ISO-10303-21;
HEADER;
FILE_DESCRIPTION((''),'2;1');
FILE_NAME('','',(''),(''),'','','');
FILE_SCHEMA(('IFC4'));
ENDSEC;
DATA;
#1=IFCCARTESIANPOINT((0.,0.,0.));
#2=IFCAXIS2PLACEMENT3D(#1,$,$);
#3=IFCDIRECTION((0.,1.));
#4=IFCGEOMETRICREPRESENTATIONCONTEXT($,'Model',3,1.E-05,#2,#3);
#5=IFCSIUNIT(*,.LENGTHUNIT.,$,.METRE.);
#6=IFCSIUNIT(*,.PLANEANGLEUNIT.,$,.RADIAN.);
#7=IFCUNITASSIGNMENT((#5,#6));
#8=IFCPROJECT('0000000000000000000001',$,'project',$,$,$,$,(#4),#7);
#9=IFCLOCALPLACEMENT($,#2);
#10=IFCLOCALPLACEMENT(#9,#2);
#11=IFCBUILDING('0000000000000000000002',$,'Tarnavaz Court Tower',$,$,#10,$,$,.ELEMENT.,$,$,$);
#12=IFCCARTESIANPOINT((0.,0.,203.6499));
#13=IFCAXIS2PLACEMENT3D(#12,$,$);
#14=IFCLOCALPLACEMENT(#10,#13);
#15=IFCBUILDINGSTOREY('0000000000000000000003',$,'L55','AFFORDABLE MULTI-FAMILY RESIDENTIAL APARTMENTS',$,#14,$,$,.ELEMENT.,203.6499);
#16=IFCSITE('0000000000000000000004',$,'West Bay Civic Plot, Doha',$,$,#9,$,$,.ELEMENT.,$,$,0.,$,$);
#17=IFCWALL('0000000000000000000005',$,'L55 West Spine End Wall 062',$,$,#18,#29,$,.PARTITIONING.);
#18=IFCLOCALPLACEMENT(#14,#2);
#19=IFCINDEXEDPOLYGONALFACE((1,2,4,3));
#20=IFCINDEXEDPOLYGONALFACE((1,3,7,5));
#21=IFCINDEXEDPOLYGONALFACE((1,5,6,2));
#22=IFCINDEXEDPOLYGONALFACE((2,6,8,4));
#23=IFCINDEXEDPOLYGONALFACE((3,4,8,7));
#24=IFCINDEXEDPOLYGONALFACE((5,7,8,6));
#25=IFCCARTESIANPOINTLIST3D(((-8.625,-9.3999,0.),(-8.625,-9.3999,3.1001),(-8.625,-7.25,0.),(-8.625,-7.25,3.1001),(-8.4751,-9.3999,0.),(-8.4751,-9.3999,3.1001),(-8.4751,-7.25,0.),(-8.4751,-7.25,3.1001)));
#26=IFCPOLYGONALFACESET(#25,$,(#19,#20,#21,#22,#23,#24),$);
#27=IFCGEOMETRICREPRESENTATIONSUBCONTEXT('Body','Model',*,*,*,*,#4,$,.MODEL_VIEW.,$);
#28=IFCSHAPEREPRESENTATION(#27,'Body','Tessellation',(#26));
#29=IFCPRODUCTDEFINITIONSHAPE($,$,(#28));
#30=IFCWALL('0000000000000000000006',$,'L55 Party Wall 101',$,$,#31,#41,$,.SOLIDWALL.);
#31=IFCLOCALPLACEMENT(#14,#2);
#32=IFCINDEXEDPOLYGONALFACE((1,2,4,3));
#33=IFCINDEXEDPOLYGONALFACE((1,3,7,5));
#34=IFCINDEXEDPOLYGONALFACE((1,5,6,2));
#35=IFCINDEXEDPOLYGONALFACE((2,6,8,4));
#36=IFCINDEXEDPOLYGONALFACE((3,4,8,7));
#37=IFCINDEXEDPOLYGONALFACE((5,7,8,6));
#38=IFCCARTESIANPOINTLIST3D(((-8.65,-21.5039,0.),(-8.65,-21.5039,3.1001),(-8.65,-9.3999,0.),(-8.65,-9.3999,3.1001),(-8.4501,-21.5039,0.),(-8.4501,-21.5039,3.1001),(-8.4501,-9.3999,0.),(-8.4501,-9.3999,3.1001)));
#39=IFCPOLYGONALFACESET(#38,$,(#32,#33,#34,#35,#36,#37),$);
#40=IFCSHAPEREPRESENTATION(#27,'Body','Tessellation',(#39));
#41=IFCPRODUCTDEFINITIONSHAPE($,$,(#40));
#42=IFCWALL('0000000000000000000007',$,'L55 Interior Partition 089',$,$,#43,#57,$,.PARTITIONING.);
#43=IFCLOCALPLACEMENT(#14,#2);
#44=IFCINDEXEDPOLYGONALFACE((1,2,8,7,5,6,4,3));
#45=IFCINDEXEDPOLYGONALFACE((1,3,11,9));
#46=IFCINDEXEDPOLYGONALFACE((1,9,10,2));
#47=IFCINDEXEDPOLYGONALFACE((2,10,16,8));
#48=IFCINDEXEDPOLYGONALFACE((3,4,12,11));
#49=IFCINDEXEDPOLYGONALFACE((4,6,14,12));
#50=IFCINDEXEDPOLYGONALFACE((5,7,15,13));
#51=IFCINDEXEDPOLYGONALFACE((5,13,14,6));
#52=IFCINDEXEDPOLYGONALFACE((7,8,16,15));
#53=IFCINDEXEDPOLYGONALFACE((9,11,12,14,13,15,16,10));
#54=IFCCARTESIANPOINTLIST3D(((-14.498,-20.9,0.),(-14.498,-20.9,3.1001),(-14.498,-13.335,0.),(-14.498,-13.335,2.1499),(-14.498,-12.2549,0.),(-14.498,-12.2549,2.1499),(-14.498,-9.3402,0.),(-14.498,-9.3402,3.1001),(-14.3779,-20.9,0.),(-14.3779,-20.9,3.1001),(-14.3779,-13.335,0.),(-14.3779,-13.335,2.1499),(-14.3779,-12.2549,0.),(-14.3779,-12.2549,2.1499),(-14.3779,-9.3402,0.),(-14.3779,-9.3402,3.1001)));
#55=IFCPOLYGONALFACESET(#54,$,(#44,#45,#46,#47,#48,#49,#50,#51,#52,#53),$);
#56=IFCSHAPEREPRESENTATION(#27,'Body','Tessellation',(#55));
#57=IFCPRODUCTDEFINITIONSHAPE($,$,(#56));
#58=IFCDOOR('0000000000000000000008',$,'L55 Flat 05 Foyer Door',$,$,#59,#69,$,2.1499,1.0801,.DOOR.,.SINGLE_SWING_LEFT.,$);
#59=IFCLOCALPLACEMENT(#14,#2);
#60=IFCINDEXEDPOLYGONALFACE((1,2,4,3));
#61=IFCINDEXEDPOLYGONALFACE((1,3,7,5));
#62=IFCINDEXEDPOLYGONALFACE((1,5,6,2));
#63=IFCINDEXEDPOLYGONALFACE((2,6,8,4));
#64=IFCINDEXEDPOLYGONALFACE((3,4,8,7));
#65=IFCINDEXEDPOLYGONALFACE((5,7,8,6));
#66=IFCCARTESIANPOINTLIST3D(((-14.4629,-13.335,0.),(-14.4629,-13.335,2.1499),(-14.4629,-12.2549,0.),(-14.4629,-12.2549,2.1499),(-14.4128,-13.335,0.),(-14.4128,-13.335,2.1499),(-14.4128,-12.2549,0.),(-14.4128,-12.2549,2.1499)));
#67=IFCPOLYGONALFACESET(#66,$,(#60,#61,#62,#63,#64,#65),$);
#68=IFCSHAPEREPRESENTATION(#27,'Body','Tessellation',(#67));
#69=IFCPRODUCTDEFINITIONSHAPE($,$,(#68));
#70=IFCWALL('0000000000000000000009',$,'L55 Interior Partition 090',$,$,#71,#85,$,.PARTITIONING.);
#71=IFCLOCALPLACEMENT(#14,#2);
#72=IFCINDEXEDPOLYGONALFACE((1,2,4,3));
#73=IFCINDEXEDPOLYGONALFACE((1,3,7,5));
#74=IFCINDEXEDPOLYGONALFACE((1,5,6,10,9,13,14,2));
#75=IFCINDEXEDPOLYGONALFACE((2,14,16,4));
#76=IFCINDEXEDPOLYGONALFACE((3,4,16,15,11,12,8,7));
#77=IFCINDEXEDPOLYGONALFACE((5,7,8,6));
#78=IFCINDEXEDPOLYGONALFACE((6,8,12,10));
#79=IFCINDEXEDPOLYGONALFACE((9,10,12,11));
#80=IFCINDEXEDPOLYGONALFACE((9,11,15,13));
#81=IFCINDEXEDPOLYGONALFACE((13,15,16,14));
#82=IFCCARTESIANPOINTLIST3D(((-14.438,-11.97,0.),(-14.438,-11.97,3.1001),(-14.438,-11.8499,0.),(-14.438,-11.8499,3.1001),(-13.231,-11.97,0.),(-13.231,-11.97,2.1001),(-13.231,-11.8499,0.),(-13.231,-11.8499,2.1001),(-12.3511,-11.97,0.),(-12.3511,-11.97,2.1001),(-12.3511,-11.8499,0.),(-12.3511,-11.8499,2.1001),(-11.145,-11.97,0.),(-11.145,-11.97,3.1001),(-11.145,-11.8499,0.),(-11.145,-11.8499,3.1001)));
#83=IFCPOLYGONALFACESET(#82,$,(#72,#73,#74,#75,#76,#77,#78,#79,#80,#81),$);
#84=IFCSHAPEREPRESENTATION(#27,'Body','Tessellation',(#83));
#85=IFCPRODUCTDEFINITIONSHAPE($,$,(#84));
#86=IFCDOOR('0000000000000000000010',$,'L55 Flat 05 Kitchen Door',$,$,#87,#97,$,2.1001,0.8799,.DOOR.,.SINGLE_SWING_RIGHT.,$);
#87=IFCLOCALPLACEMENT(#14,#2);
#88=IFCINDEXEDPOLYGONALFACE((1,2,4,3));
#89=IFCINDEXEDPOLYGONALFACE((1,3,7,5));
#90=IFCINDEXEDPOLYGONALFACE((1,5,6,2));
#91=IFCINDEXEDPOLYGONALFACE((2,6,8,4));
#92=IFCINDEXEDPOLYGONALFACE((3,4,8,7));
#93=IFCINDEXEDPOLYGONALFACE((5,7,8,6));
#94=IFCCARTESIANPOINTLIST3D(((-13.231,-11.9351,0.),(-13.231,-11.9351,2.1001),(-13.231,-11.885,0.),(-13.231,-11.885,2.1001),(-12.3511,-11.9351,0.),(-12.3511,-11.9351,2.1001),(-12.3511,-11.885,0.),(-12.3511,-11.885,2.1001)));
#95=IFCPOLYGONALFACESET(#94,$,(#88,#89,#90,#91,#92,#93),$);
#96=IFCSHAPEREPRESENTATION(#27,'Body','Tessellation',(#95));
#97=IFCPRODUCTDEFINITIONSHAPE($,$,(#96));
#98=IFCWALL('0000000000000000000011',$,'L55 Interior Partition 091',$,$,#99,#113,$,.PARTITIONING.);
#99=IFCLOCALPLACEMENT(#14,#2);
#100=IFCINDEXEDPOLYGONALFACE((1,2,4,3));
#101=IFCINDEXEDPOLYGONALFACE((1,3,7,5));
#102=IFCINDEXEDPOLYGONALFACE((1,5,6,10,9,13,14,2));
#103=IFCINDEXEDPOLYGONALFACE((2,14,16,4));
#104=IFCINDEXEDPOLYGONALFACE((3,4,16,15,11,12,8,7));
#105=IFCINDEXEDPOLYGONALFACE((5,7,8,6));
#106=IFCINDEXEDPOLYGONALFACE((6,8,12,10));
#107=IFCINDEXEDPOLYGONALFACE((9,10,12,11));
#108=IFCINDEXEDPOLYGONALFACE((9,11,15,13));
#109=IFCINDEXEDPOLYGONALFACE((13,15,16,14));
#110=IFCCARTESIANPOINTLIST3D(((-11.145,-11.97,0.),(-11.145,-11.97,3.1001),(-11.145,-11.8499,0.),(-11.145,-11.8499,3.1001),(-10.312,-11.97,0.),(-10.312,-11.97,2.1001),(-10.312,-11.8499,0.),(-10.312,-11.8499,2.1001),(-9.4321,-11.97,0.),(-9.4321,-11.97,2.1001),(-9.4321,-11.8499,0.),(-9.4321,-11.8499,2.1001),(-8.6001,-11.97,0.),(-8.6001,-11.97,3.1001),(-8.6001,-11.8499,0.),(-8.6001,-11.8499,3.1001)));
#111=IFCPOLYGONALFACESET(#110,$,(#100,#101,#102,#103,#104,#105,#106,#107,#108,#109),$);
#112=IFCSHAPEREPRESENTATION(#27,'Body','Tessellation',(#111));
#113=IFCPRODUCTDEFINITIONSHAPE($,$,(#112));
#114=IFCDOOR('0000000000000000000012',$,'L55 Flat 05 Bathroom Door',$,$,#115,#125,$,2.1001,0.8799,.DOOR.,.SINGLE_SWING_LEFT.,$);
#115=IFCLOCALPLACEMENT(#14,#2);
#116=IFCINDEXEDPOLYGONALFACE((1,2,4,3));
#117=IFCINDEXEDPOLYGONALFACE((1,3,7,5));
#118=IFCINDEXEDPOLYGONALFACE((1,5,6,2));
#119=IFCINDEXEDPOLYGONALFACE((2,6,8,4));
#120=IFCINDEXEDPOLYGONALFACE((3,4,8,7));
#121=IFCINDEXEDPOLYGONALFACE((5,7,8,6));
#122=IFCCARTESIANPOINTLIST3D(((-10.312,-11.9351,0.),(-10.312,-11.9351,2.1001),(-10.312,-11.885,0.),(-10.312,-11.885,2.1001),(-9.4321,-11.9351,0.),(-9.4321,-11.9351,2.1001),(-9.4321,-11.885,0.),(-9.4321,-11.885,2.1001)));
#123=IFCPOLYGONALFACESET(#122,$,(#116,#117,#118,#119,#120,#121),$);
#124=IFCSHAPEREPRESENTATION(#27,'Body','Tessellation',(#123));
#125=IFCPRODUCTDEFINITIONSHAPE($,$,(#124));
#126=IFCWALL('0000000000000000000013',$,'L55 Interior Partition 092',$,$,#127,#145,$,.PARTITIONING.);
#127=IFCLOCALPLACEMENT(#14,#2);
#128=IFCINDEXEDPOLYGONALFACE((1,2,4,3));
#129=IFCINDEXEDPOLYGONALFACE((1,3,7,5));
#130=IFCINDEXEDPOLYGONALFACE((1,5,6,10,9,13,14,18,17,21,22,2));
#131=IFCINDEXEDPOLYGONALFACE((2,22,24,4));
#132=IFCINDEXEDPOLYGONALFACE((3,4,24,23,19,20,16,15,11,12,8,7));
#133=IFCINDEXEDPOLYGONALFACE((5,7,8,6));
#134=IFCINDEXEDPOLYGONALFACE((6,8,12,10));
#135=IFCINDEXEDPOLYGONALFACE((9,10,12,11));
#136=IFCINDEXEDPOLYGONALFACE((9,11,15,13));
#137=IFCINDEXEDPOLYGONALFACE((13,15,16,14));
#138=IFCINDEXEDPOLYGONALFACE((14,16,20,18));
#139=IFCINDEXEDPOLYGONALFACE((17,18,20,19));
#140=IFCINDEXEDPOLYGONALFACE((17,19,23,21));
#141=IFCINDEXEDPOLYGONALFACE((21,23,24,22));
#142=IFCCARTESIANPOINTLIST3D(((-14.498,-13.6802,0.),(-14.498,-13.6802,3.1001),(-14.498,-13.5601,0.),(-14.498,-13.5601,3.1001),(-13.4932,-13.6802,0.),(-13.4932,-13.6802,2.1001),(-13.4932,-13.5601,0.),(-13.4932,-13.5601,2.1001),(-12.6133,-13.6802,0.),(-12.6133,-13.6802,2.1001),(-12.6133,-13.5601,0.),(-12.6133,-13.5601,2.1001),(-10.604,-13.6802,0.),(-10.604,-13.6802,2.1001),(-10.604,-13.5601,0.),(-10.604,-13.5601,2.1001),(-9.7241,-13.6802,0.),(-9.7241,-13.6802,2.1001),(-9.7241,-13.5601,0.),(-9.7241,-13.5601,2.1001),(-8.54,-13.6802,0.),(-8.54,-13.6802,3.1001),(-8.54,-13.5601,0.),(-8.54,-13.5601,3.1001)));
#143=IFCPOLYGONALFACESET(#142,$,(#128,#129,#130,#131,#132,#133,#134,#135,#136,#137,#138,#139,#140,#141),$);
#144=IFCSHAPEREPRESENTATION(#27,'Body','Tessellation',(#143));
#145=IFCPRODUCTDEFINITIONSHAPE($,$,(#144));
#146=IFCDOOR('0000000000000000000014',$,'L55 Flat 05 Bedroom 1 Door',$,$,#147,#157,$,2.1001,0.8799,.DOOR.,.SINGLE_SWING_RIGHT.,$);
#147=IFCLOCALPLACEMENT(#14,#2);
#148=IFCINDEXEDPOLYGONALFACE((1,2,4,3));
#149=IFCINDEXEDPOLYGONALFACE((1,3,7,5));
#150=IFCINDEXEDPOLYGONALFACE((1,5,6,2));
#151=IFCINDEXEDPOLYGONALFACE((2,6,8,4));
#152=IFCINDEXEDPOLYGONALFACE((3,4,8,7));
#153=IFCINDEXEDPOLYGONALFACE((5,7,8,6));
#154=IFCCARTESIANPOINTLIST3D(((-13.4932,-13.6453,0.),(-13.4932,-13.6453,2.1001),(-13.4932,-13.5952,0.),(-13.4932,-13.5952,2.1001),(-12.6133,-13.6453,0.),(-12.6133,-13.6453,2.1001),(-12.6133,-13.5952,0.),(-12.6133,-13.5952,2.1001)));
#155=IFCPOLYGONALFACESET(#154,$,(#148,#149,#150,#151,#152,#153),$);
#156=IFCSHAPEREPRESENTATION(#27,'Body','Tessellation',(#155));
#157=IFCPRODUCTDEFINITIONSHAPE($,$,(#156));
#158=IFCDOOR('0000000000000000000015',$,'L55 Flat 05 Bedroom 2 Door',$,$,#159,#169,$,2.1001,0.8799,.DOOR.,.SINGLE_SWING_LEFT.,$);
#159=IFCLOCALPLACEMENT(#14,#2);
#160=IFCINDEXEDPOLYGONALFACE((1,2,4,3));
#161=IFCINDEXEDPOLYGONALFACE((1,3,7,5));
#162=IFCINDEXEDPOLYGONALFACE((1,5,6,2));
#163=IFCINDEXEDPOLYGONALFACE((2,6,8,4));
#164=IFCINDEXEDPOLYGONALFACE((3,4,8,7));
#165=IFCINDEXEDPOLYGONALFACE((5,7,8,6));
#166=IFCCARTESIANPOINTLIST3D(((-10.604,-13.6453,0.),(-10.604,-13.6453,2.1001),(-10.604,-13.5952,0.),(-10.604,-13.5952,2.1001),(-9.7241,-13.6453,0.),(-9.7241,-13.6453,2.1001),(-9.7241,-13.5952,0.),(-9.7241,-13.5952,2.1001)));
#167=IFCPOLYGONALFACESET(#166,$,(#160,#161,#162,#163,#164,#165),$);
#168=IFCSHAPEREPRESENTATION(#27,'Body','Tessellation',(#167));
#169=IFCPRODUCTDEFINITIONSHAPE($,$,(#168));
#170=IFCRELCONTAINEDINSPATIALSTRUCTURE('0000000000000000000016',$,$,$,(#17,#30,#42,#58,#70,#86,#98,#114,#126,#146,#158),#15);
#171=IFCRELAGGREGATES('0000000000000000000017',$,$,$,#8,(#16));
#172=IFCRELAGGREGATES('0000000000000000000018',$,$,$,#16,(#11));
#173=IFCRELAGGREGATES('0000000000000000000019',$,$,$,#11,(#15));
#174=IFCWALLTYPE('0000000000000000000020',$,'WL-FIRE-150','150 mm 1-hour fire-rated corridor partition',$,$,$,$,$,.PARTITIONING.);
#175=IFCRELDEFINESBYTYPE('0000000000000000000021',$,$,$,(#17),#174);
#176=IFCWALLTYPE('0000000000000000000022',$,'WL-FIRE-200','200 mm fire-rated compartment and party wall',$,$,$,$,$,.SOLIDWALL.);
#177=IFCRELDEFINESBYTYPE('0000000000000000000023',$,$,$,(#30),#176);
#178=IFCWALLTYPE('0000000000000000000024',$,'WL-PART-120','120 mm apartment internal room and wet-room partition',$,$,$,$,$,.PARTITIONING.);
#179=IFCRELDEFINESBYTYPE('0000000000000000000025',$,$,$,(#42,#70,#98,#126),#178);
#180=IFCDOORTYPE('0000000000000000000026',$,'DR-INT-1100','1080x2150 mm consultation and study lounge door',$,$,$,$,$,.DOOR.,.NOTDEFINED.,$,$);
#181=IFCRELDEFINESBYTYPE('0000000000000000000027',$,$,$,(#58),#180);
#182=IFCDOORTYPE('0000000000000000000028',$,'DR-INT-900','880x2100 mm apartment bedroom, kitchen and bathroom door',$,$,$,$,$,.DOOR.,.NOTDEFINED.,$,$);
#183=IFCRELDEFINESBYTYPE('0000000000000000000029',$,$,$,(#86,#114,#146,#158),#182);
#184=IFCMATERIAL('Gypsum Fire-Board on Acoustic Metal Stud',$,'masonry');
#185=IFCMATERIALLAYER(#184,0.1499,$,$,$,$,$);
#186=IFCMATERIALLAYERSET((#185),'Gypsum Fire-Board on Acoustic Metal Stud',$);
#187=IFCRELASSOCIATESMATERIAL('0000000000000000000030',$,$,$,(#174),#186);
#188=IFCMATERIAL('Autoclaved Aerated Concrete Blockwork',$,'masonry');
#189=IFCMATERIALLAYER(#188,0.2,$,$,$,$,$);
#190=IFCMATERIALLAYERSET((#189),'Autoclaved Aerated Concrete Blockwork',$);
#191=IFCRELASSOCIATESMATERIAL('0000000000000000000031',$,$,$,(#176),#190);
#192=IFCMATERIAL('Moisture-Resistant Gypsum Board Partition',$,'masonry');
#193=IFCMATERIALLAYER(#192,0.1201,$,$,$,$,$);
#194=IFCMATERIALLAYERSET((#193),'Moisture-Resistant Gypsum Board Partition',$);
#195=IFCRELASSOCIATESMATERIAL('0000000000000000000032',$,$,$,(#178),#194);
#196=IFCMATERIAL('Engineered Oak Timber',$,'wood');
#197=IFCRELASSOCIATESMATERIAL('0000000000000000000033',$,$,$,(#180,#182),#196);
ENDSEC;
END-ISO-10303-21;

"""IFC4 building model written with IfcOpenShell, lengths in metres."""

from ifc_helpers import new_model, si_unit, direction, frame, frame_2d, origin, place, context, subcontext, project, spatial, rectangle, extrude, material, layer, layer_set, type_object, element, fill, save


model = new_model("IFC4")

# Units and contexts
model_context = context("Model", 3, precision=1e-05, world=origin(), true_north=direction((0.0, 1.0)))
body_context = subcontext(model_context, "Body", "Model", "MODEL_VIEW")
ifc_project = project(units=[si_unit("LENGTHUNIT", "METRE"), si_unit("PLANEANGLEUNIT", "RADIAN")], contexts=[model_context])

# Site, building, storey
site_placement = place(None, origin())
site = spatial("IfcSite", under=ifc_project, at=site_placement, Name="West Bay Civic Plot, Doha", CompositionType="ELEMENT", RefElevation=0.0)
building_placement = place(site_placement, origin())
building = spatial("IfcBuilding", under=site, at=building_placement, Name="Tarnavaz Court Tower", CompositionType="ELEMENT")
storey_placement = place(building_placement, frame((0.0, 0.0, 203.6499)))
storey = spatial("IfcBuildingStorey", under=building, at=storey_placement, Name="L55", Description="AFFORDABLE MULTI-FAMILY RESIDENTIAL APARTMENTS", CompositionType="ELEMENT", Elevation=203.6499)

# Walls
ifc_material_1 = material(Name="Gypsum Fire-Board on Acoustic Metal Stud", Category="masonry")
ifc_layer_1 = layer(ifc_material_1, 0.1499)
ifc_layer_set_1 = layer_set([ifc_layer_1], Name="Gypsum Fire-Board on Acoustic Metal Stud")
wall_type_1 = type_object("IfcWallType", Name="WL-FIRE-150", Description="150 mm 1-hour fire-rated corridor partition", PredefinedType="PARTITIONING", material=ifc_layer_set_1)
wall_1_placement = place(storey_placement, frame((-8.55, -9.3999, 0.0), z_axis=(0.0, 0.0, 1.0), x_axis=(0.0, 1.0, 0.0)))
element("IfcWall", 1, at=wall_1_placement, inside=storey, type_object=wall_type_1, Name="L55 West Spine End Wall 062", PredefinedType="PARTITIONING", context=body_context, shape_type="SweptSolid", body=[
    extrude(rectangle(XDim=2.1499, YDim=0.1499, at=frame_2d((1.075, 0.0))), origin(), (0.0, 0.0, 1.0), 3.1001),
])
ifc_material_2 = material(Name="Autoclaved Aerated Concrete Blockwork", Category="masonry")
ifc_layer_2 = layer(ifc_material_2, 0.2)
ifc_layer_set_2 = layer_set([ifc_layer_2], Name="Autoclaved Aerated Concrete Blockwork")
wall_type_2 = type_object("IfcWallType", Name="WL-FIRE-200", Description="200 mm fire-rated compartment and party wall", PredefinedType="SOLIDWALL", material=ifc_layer_set_2)
wall_2_placement = place(storey_placement, frame((-8.55, -21.5039, 0.0), z_axis=(0.0, 0.0, 1.0), x_axis=(0.0, 1.0, 0.0)))
element("IfcWall", 2, at=wall_2_placement, inside=storey, type_object=wall_type_2, Name="L55 Party Wall 101", PredefinedType="SOLIDWALL", context=body_context, shape_type="SweptSolid", body=[
    extrude(rectangle(XDim=12.104, YDim=0.2, at=frame_2d((6.052, 0.0))), origin(), (0.0, 0.0, 1.0), 3.1001),
])

# Walls, openings, doors
ifc_material_3 = material(Name="Moisture-Resistant Gypsum Board Partition", Category="masonry")
ifc_layer_3 = layer(ifc_material_3, 0.1201)
ifc_layer_set_3 = layer_set([ifc_layer_3], Name="Moisture-Resistant Gypsum Board Partition")
wall_type_3 = type_object("IfcWallType", Name="WL-PART-120", Description="120 mm apartment internal room and wet-room partition", PredefinedType="PARTITIONING", material=ifc_layer_set_3)
wall_3_placement = place(storey_placement, frame((-14.438, -20.8999, 0.0), z_axis=(0.0, 0.0, 1.0), x_axis=(0.0, 1.0, 0.0)))
wall_3 = element("IfcWall", 3, at=wall_3_placement, inside=storey, type_object=wall_type_3, Name="L55 Interior Partition 089", PredefinedType="PARTITIONING", context=body_context, shape_type="SweptSolid", body=[
    extrude(rectangle(XDim=11.5598, YDim=0.1201, at=frame_2d((5.7798, 0.0))), origin(), (0.0, 0.0, 1.0), 3.1001),
])
opening_1_placement = place(wall_3_placement, frame((7.5649, 0.0, 0.0)))
opening_1 = element("IfcOpeningElement", 4, at=opening_1_placement, cuts=wall_3, PredefinedType="OPENING", context=body_context, shape_type="SweptSolid", body=[
    extrude(rectangle(XDim=1.0801, YDim=2.1499, at=frame_2d((0.54, 1.075))), frame((0.0, 0.0701, 0.0), z_axis=(0.0, -1.0, 0.0), x_axis=(1.0, 0.0, 0.0)), (0.0, 0.0, 1.0), 0.1401),
])
ifc_material_4 = material(Name="Engineered Oak Timber", Category="wood")
door_type_1 = type_object("IfcDoorType", Name="DR-INT-1100", Description="1080x2150 mm consultation and study lounge door", OperationType="NOTDEFINED", PredefinedType="DOOR", material=ifc_material_4)
door_1_placement = place(opening_1_placement, origin())
door_1 = element("IfcDoor", 5, at=door_1_placement, inside=storey, type_object=door_type_1, Name="L55 Flat 05 Foyer Door", OperationType="SINGLE_SWING_LEFT", OverallHeight=2.1499, OverallWidth=1.0801, PredefinedType="DOOR", context=body_context, shape_type="SweptSolid", body=[
    extrude(rectangle(XDim=1.0801, YDim=2.1499, at=frame_2d((0.54, 1.075))), frame((0.0, 0.0249, 0.0), z_axis=(0.0, -1.0, 0.0), x_axis=(1.0, 0.0, 0.0)), (0.0, 0.0, 1.0), 0.05),
])
fill(opening_1, door_1)
wall_4_placement = place(storey_placement, frame((-14.438, -11.9099, 0.0), z_axis=(0.0, 0.0, 1.0), x_axis=(1.0, 0.0, 0.0)))
wall_4 = element("IfcWall", 6, at=wall_4_placement, inside=storey, type_object=wall_type_3, Name="L55 Interior Partition 090", PredefinedType="PARTITIONING", context=body_context, shape_type="SweptSolid", body=[
    extrude(rectangle(XDim=3.293, YDim=0.1201, at=frame_2d((1.6465, 0.0))), origin(), (0.0, 0.0, 1.0), 3.1001),
])
opening_2_placement = place(wall_4_placement, frame((1.207, 0.0, 0.0)))
opening_2 = element("IfcOpeningElement", 7, at=opening_2_placement, cuts=wall_4, PredefinedType="OPENING", context=body_context, shape_type="SweptSolid", body=[
    extrude(rectangle(XDim=0.8799, YDim=2.1001, at=frame_2d((0.4399, 1.05))), frame((0.0, 0.0701, 0.0), z_axis=(0.0, -1.0, 0.0), x_axis=(1.0, 0.0, 0.0)), (0.0, 0.0, 1.0), 0.1401),
])
door_type_2 = type_object("IfcDoorType", Name="DR-INT-900", Description="880x2100 mm apartment bedroom, kitchen and bathroom door", OperationType="NOTDEFINED", PredefinedType="DOOR", material=ifc_material_4)
door_2_placement = place(opening_2_placement, origin())
door_2 = element("IfcDoor", 8, at=door_2_placement, inside=storey, type_object=door_type_2, Name="L55 Flat 05 Kitchen Door", OperationType="SINGLE_SWING_RIGHT", OverallHeight=2.1001, OverallWidth=0.8799, PredefinedType="DOOR", context=body_context, shape_type="SweptSolid", body=[
    extrude(rectangle(XDim=0.8799, YDim=2.1001, at=frame_2d((0.4399, 1.05))), frame((0.0, 0.0249, 0.0), z_axis=(0.0, -1.0, 0.0), x_axis=(1.0, 0.0, 0.0)), (0.0, 0.0, 1.0), 0.05),
])
fill(opening_2, door_2)
wall_5_placement = place(storey_placement, frame((-11.145, -11.9099, 0.0), z_axis=(0.0, 0.0, 1.0), x_axis=(1.0, 0.0, 0.0)))
wall_5 = element("IfcWall", 9, at=wall_5_placement, inside=storey, type_object=wall_type_3, Name="L55 Interior Partition 091", PredefinedType="PARTITIONING", context=body_context, shape_type="SweptSolid", body=[
    extrude(rectangle(XDim=2.5449, YDim=0.1201, at=frame_2d((1.2725, 0.0))), origin(), (0.0, 0.0, 1.0), 3.1001),
])
opening_3_placement = place(wall_5_placement, frame((0.833, 0.0, 0.0)))
opening_3 = element("IfcOpeningElement", 10, at=opening_3_placement, cuts=wall_5, PredefinedType="OPENING", context=body_context, shape_type="SweptSolid", body=[
    extrude(rectangle(XDim=0.8799, YDim=2.1001, at=frame_2d((0.4399, 1.05))), frame((0.0, 0.0701, 0.0), z_axis=(0.0, -1.0, 0.0), x_axis=(1.0, 0.0, 0.0)), (0.0, 0.0, 1.0), 0.1401),
])
door_3_placement = place(opening_3_placement, origin())
door_3 = element("IfcDoor", 11, at=door_3_placement, inside=storey, type_object=door_type_2, Name="L55 Flat 05 Bathroom Door", OperationType="SINGLE_SWING_LEFT", OverallHeight=2.1001, OverallWidth=0.8799, PredefinedType="DOOR", context=body_context, shape_type="SweptSolid", body=[
    extrude(rectangle(XDim=0.8799, YDim=2.1001, at=frame_2d((0.4399, 1.05))), frame((0.0, 0.0249, 0.0), z_axis=(0.0, -1.0, 0.0), x_axis=(1.0, 0.0, 0.0)), (0.0, 0.0, 1.0), 0.05),
])
fill(opening_3, door_3)

# Wall, openings, doors
wall_6_placement = place(storey_placement, frame((-14.498, -13.6201, 0.0), z_axis=(0.0, 0.0, 1.0), x_axis=(1.0, 0.0, 0.0)))
wall_6 = element("IfcWall", 12, at=wall_6_placement, inside=storey, type_object=wall_type_3, Name="L55 Interior Partition 092", PredefinedType="PARTITIONING", context=body_context, shape_type="SweptSolid", body=[
    extrude(rectangle(XDim=5.958, YDim=0.1201, at=frame_2d((2.979, 0.0))), origin(), (0.0, 0.0, 1.0), 3.1001),
])
opening_4_placement = place(wall_6_placement, frame((1.0049, 0.0, 0.0)))
opening_4 = element("IfcOpeningElement", 13, at=opening_4_placement, cuts=wall_6, PredefinedType="OPENING", context=body_context, shape_type="SweptSolid", body=[
    extrude(rectangle(XDim=0.8799, YDim=2.1001, at=frame_2d((0.4399, 1.05))), frame((0.0, 0.0701, 0.0), z_axis=(0.0, -1.0, 0.0), x_axis=(1.0, 0.0, 0.0)), (0.0, 0.0, 1.0), 0.1401),
])
opening_5_placement = place(wall_6_placement, frame((3.894, 0.0, 0.0)))
opening_5 = element("IfcOpeningElement", 14, at=opening_5_placement, cuts=wall_6, PredefinedType="OPENING", context=body_context, shape_type="SweptSolid", body=[
    extrude(rectangle(XDim=0.8799, YDim=2.1001, at=frame_2d((0.4399, 1.05))), frame((0.0, 0.0701, 0.0), z_axis=(0.0, -1.0, 0.0), x_axis=(1.0, 0.0, 0.0)), (0.0, 0.0, 1.0), 0.1401),
])
door_4_placement = place(opening_4_placement, origin())
door_4 = element("IfcDoor", 15, at=door_4_placement, inside=storey, type_object=door_type_2, Name="L55 Flat 05 Bedroom 1 Door", OperationType="SINGLE_SWING_RIGHT", OverallHeight=2.1001, OverallWidth=0.8799, PredefinedType="DOOR", context=body_context, shape_type="SweptSolid", body=[
    extrude(rectangle(XDim=0.8799, YDim=2.1001, at=frame_2d((0.4399, 1.05))), frame((0.0, 0.0249, 0.0), z_axis=(0.0, -1.0, 0.0), x_axis=(1.0, 0.0, 0.0)), (0.0, 0.0, 1.0), 0.05),
])
fill(opening_4, door_4)
door_5_placement = place(opening_5_placement, origin())
door_5 = element("IfcDoor", 16, at=door_5_placement, inside=storey, type_object=door_type_2, Name="L55 Flat 05 Bedroom 2 Door", OperationType="SINGLE_SWING_LEFT", OverallHeight=2.1001, OverallWidth=0.8799, PredefinedType="DOOR", context=body_context, shape_type="SweptSolid", body=[
    extrude(rectangle(XDim=0.8799, YDim=2.1001, at=frame_2d((0.4399, 1.05))), frame((0.0, 0.0249, 0.0), z_axis=(0.0, -1.0, 0.0), x_axis=(1.0, 0.0, 0.0)), (0.0, 0.0, 1.0), 0.05),
])
fill(opening_5, door_5)

save(model, "model.ifc")
